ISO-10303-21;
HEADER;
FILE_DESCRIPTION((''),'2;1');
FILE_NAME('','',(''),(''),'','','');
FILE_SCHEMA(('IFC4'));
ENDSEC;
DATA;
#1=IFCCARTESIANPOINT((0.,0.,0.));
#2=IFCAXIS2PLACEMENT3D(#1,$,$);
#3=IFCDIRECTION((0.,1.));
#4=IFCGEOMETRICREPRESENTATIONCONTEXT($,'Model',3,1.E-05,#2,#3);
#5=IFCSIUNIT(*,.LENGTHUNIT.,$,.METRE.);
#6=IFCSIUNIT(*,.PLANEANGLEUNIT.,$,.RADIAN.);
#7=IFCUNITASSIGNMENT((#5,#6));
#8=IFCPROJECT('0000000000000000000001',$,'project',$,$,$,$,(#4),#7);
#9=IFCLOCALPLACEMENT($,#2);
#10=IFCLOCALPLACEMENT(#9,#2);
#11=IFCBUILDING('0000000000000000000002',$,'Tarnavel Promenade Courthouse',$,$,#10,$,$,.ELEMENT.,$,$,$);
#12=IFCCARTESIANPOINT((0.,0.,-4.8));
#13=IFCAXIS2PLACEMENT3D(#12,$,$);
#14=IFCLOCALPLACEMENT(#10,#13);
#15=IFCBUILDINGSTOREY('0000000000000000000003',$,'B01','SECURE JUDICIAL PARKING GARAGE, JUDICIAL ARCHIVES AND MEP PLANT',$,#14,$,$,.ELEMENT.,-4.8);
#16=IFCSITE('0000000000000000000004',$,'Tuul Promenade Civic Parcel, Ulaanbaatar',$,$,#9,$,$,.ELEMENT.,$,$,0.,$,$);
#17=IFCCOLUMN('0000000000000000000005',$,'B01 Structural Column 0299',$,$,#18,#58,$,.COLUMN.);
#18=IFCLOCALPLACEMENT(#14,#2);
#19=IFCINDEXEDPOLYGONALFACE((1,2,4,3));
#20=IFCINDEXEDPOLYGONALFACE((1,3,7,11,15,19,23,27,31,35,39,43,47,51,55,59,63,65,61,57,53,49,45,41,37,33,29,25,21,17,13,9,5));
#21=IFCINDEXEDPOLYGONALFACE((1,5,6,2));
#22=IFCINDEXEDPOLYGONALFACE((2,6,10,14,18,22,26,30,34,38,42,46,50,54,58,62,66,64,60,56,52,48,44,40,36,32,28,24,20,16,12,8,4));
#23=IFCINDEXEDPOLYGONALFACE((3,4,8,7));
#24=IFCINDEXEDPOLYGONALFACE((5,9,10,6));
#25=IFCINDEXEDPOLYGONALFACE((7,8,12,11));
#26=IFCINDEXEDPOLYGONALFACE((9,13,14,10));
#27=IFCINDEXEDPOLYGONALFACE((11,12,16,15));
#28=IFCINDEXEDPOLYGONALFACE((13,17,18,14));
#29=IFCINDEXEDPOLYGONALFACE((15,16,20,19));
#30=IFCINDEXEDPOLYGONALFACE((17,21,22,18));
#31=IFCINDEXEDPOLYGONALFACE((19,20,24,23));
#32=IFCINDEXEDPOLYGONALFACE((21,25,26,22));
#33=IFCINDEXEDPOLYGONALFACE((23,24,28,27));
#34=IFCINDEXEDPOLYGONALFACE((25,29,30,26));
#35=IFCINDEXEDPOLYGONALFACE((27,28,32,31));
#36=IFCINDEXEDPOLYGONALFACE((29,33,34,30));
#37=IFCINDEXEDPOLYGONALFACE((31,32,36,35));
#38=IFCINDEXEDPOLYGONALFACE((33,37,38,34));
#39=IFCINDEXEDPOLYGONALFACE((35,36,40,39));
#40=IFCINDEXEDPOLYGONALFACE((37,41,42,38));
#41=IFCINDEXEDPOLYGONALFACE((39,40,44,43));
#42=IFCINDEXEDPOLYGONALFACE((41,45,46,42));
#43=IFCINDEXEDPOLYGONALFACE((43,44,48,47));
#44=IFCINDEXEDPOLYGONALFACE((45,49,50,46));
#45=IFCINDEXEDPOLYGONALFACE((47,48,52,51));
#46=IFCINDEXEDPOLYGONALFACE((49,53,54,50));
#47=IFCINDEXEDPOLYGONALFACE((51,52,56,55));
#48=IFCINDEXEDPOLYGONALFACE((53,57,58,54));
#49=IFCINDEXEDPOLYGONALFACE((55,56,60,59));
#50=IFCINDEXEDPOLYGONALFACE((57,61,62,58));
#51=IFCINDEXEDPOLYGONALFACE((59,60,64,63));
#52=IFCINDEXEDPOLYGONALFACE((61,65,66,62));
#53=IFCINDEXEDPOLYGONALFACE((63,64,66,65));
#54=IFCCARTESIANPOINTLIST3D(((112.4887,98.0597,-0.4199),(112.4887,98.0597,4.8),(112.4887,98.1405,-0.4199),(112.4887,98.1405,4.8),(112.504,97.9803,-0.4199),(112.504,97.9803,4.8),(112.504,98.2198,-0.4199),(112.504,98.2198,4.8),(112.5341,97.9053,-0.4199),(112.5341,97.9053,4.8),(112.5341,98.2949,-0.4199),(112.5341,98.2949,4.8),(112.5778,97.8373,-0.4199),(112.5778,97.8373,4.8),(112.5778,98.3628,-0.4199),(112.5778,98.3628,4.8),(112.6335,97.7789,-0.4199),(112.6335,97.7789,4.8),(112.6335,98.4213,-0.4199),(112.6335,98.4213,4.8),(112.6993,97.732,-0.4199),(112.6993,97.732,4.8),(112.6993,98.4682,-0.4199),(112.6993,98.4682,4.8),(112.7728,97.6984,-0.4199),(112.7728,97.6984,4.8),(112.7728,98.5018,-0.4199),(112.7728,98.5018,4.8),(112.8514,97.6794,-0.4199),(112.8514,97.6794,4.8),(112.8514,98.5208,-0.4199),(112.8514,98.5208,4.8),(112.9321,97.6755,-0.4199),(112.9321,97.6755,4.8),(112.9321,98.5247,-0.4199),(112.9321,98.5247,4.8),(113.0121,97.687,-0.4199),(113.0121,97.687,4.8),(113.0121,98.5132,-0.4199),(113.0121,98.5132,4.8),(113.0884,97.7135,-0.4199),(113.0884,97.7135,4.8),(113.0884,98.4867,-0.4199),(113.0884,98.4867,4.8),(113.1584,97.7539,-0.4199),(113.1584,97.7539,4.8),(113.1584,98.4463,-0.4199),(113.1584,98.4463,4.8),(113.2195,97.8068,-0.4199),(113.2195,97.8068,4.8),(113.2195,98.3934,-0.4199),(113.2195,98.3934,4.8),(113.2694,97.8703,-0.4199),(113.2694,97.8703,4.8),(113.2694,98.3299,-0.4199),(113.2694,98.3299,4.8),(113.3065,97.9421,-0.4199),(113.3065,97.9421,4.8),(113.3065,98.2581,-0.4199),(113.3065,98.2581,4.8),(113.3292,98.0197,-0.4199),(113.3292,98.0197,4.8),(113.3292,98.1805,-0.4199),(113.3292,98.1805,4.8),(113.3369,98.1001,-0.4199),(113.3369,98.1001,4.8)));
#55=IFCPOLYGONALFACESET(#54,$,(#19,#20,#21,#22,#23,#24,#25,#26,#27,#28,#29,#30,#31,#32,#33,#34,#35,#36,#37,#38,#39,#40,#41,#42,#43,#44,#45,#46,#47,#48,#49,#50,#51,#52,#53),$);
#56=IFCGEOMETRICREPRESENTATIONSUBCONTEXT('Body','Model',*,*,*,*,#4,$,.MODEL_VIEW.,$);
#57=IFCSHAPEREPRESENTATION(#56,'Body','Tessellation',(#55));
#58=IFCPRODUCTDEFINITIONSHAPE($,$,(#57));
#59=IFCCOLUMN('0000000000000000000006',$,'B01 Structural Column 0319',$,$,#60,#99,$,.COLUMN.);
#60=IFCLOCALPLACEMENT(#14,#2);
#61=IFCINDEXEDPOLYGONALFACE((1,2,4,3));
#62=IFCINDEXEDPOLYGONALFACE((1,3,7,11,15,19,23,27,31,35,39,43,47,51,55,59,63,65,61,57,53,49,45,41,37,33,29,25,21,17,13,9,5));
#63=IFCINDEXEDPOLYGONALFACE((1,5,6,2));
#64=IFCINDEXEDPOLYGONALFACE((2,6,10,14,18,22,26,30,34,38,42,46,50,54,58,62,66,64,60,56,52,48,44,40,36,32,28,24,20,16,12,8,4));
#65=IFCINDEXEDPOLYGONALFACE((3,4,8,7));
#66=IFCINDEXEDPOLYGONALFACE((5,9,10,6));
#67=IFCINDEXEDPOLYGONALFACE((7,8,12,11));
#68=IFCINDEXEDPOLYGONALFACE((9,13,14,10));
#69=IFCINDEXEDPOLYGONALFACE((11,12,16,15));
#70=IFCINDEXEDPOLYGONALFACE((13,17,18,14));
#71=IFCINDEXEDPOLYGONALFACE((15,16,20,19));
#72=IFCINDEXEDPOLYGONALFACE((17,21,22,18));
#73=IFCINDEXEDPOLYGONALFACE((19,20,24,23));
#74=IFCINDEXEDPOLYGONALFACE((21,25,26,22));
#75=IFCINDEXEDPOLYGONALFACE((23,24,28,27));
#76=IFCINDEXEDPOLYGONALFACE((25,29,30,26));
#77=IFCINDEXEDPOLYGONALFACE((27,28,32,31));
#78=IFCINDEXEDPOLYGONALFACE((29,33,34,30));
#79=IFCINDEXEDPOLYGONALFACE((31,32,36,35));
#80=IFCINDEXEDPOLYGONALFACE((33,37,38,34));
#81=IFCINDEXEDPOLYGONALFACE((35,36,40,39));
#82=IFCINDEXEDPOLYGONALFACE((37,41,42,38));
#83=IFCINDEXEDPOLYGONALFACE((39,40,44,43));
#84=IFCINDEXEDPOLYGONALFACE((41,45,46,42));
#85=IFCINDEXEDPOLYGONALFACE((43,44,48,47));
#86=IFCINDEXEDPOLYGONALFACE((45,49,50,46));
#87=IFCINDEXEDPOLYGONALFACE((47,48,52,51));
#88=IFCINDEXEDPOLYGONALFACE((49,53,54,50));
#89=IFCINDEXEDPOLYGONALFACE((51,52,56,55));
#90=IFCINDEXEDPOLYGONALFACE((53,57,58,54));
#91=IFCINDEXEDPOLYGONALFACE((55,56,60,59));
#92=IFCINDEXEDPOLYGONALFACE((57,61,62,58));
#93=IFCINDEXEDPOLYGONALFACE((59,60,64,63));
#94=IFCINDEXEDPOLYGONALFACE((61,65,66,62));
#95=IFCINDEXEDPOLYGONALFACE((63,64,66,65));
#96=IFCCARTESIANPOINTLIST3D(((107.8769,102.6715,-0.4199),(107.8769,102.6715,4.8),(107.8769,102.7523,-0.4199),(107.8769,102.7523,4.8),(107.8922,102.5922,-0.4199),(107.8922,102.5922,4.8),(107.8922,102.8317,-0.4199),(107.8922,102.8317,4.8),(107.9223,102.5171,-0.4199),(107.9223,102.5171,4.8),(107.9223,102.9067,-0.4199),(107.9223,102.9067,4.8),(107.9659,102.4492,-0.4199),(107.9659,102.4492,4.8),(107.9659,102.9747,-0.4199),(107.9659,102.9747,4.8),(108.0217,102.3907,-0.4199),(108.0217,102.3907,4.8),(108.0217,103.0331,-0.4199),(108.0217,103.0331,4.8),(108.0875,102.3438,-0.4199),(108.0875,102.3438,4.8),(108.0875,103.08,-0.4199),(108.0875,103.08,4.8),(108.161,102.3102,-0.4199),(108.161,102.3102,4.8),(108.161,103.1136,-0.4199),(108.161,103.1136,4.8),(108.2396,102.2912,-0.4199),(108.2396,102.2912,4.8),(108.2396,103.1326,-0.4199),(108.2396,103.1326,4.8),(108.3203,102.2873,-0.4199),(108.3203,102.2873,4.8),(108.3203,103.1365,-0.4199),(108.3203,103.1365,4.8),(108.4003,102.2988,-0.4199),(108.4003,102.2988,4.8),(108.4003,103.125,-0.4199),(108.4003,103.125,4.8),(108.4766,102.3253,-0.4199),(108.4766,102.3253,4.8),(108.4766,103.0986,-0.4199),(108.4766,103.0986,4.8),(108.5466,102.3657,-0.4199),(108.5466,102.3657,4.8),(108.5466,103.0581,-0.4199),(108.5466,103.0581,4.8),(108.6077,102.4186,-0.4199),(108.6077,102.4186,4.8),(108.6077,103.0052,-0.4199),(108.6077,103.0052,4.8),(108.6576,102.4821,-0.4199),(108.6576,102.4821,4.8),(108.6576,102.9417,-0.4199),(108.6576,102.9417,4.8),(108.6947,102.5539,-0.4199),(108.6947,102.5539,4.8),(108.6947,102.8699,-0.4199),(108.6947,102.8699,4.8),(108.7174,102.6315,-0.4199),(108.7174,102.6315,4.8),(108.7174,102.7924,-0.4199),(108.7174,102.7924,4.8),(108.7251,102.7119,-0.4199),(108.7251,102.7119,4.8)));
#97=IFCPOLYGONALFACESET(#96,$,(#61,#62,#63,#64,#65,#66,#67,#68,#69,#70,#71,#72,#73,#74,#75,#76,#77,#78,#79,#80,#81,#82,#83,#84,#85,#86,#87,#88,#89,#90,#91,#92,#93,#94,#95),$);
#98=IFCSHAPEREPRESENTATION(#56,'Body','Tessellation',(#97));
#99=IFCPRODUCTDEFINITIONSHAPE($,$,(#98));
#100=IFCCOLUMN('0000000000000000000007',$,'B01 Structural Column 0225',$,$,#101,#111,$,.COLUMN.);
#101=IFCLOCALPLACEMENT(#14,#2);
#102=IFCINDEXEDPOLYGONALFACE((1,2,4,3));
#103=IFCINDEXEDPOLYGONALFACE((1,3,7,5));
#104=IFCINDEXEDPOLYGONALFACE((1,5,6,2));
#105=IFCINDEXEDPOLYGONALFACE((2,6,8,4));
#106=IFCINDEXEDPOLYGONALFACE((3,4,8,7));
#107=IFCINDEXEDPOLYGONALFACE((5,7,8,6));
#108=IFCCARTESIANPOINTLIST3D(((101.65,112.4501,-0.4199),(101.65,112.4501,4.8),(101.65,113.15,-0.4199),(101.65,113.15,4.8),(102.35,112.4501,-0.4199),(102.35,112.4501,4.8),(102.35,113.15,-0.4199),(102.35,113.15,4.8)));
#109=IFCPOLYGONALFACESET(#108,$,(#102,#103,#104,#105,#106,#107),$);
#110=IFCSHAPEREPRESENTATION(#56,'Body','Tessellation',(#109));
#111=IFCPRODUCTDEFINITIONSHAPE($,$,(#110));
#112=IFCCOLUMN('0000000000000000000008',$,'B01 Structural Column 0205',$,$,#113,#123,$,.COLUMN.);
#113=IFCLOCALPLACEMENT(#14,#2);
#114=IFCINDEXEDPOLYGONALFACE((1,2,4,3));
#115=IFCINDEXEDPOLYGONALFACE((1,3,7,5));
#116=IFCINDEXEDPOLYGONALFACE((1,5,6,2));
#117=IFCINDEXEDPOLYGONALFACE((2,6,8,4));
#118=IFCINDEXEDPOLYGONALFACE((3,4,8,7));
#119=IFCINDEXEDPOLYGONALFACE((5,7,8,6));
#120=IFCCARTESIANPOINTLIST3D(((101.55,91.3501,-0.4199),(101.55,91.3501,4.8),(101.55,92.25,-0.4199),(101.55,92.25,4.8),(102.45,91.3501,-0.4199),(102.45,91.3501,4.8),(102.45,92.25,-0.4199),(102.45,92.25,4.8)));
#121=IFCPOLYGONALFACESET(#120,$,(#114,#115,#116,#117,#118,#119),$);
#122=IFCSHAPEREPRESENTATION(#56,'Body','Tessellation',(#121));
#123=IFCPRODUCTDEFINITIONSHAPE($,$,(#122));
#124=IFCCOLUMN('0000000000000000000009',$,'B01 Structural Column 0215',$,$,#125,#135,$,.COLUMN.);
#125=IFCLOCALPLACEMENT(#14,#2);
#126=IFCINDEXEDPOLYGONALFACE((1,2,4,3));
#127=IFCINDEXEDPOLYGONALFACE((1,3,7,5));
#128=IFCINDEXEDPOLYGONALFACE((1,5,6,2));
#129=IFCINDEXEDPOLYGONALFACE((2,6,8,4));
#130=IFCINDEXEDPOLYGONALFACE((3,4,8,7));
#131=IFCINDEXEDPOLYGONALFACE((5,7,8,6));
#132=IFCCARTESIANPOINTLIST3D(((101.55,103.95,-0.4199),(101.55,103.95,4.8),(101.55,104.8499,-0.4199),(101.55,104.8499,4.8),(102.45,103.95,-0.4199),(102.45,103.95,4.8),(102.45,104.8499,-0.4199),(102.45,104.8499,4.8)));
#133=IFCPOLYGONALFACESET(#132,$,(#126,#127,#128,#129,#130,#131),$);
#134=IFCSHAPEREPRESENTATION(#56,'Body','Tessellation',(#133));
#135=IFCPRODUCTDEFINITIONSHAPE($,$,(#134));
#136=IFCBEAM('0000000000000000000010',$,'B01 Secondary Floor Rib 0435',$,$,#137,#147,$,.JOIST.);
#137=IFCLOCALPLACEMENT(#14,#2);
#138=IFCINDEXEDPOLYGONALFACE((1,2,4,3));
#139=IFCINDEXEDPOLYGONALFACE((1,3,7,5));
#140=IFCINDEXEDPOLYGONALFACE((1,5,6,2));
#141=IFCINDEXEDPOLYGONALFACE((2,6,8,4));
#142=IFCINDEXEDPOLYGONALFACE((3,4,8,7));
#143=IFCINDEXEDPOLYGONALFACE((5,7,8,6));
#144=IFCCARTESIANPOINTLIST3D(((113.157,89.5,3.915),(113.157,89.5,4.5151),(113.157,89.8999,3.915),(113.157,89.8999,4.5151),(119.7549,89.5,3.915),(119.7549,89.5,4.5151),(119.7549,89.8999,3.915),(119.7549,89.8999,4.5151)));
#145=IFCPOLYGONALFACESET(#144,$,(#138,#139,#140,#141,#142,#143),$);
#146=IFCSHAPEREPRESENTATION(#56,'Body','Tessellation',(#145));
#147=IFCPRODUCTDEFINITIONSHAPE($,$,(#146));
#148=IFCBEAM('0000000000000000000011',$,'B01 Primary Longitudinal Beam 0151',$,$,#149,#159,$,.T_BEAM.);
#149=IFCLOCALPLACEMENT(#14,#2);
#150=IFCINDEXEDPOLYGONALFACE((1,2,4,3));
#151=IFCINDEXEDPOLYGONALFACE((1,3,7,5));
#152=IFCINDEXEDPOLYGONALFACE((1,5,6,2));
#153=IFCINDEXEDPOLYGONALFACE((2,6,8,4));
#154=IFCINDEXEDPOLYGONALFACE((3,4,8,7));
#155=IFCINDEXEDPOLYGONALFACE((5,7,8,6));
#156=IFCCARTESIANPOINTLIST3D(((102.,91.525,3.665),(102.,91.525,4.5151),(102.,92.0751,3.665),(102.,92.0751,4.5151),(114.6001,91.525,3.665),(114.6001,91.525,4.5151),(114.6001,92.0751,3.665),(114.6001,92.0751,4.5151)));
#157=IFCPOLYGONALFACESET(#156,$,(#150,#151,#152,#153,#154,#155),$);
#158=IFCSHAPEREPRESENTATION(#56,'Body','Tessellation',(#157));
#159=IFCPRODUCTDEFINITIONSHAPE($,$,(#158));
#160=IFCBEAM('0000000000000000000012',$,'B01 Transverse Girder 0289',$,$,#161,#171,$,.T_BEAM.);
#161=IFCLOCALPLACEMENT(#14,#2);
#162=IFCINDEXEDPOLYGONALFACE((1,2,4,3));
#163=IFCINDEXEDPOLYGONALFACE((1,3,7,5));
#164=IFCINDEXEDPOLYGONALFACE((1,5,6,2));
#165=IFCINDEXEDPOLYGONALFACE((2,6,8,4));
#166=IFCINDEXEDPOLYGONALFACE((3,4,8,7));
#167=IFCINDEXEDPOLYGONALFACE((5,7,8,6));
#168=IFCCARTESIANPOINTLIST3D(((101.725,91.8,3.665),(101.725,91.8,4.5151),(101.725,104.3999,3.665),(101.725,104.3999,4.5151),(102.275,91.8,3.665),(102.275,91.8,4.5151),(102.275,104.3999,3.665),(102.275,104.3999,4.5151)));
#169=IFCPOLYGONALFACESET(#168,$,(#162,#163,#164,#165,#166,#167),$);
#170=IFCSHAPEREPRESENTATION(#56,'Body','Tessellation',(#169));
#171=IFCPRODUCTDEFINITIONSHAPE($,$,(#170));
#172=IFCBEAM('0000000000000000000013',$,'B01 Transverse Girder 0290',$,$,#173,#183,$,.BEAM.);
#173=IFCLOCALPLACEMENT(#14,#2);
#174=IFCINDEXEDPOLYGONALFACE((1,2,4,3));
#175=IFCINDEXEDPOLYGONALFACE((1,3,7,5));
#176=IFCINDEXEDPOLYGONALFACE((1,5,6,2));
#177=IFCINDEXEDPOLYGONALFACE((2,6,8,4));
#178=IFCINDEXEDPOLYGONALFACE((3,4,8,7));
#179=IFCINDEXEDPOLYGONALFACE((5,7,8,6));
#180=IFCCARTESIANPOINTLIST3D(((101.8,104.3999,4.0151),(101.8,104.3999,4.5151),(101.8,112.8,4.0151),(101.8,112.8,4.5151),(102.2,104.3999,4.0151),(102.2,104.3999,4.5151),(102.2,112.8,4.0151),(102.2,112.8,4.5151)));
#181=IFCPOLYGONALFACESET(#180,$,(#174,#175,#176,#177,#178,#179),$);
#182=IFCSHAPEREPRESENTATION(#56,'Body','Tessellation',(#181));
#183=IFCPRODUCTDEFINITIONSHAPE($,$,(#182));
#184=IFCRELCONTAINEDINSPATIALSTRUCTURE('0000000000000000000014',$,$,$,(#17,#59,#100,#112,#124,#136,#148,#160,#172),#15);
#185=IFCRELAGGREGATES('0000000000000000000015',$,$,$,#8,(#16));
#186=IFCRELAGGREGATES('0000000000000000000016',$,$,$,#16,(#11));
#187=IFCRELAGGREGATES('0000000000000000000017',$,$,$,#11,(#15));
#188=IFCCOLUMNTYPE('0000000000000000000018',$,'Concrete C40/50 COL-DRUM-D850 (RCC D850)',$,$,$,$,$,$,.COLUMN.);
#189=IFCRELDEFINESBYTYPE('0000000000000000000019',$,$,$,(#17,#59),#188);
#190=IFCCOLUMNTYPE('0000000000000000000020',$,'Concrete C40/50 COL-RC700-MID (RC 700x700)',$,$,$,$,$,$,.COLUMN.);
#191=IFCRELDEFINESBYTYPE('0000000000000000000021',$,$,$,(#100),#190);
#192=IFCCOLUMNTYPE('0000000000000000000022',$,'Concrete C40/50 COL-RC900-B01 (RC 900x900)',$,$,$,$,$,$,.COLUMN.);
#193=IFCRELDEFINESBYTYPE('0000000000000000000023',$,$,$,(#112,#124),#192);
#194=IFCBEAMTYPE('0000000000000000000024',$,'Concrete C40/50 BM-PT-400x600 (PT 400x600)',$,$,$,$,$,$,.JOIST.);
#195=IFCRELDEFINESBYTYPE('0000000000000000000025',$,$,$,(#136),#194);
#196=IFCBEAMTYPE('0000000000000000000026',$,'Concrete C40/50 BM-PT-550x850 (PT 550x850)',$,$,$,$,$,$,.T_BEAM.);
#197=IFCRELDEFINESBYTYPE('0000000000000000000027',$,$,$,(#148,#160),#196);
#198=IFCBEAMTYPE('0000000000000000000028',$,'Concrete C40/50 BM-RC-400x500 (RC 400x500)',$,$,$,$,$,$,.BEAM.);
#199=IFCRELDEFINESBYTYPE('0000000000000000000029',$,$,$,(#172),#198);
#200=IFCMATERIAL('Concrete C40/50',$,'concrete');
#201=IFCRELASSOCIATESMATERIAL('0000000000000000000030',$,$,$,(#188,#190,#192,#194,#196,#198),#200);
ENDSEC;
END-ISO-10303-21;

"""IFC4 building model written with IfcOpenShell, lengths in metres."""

from ifc_helpers import new_model, si_unit, direction, frame, origin, origin_2d, place, context, subcontext, project, spatial, rectangle, circle, extrude, material, material_profile, profile_set, type_object, element, save


model = new_model("IFC4")

# Units and contexts
model_context = context("Model", 3, precision=1e-05, world=origin(), true_north=direction((0.0, 1.0)))
body_context = subcontext(model_context, "Body", "Model", "MODEL_VIEW")
ifc_project = project(units=[si_unit("LENGTHUNIT", "METRE"), si_unit("PLANEANGLEUNIT", "RADIAN")], contexts=[model_context])

# Site, building, storey
site_placement = place(None, origin())
site = spatial("IfcSite", under=ifc_project, at=site_placement, Name="Tuul Promenade Civic Parcel, Ulaanbaatar", CompositionType="ELEMENT", RefElevation=0.0)
building_placement = place(site_placement, origin())
building = spatial("IfcBuilding", under=site, at=building_placement, Name="Tarnavel Promenade Courthouse", CompositionType="ELEMENT")
storey_placement = place(building_placement, frame((0.0, 0.0, -4.8)))
storey = spatial("IfcBuildingStorey", under=building, at=storey_placement, Name="B01", Description="SECURE JUDICIAL PARKING GARAGE, JUDICIAL ARCHIVES AND MEP PLANT", CompositionType="ELEMENT", Elevation=-4.8)

# Columns
ifc_material_1 = material(Name="Concrete C40/50", Category="concrete")
ifc_material_profile_1 = material_profile(ifc_material_1, circle(Radius=0.425, at=origin_2d()), Name="RCC D850")
ifc_profile_set_1 = profile_set([ifc_material_profile_1], Name="Concrete C40/50")
column_type_1 = type_object("IfcColumnType", Name="Concrete C40/50 COL-DRUM-D850 (RCC D850)", PredefinedType="COLUMN", material=ifc_profile_set_1)
for number, where, z_axis, x_axis, name in (
    (1, (112.9119, 98.1001, -0.4199), (0.0, 0.0, 1.0), (1.0, 0.0, 0.0), "B01 Structural Column 0299"),
    (2, (108.3, 102.7119, -0.4199), (0.0, 0.0, 1.0), (1.0, 0.0, 0.0), "B01 Structural Column 0319"),
):
    element("IfcColumn", number, at=place(storey_placement, frame(where, z_axis=z_axis, x_axis=x_axis)), inside=storey, type_object=column_type_1, Name=name, PredefinedType="COLUMN", context=body_context, shape_type="SweptSolid", body=[
        extrude(circle(Radius=0.425, at=origin_2d()), origin(), (0.0, 0.0, 1.0), 5.22),
    ])
ifc_material_profile_2 = material_profile(ifc_material_1, rectangle(XDim=0.7, YDim=0.7, at=origin_2d()), Name="RC 700x700")
ifc_profile_set_2 = profile_set([ifc_material_profile_2], Name="Concrete C40/50")
column_type_2 = type_object("IfcColumnType", Name="Concrete C40/50 COL-RC700-MID (RC 700x700)", PredefinedType="COLUMN", material=ifc_profile_set_2)
column_placement = place(storey_placement, frame((102.0, 112.8, -0.4199), z_axis=(0.0, 0.0, 1.0), x_axis=(1.0, 0.0, 0.0)))
element("IfcColumn", 3, at=column_placement, inside=storey, type_object=column_type_2, Name="B01 Structural Column 0225", PredefinedType="COLUMN", context=body_context, shape_type="SweptSolid", body=[
    extrude(rectangle(XDim=0.7, YDim=0.7, at=origin_2d()), origin(), (0.0, 0.0, 1.0), 5.22),
])
ifc_material_profile_3 = material_profile(ifc_material_1, rectangle(XDim=0.8999, YDim=0.8999, at=origin_2d()), Name="RC 900x900")
ifc_profile_set_3 = profile_set([ifc_material_profile_3], Name="Concrete C40/50")
column_type_3 = type_object("IfcColumnType", Name="Concrete C40/50 COL-RC900-B01 (RC 900x900)", PredefinedType="COLUMN", material=ifc_profile_set_3)
for number, where, z_axis, x_axis, name in (
    (4, (102.0, 91.8, -0.4199), (0.0, 0.0, 1.0), (1.0, 0.0, 0.0), "B01 Structural Column 0205"),
    (5, (102.0, 104.3999, -0.4199), (0.0, 0.0, 1.0), (1.0, 0.0, 0.0), "B01 Structural Column 0215"),
):
    element("IfcColumn", number, at=place(storey_placement, frame(where, z_axis=z_axis, x_axis=x_axis)), inside=storey, type_object=column_type_3, Name=name, PredefinedType="COLUMN", context=body_context, shape_type="SweptSolid", body=[
        extrude(rectangle(XDim=0.8999, YDim=0.8999, at=origin_2d()), origin(), (0.0, 0.0, 1.0), 5.22),
    ])

# Beams
ifc_material_profile_4 = material_profile(ifc_material_1, rectangle(XDim=0.3999, YDim=0.6001, at=origin_2d()), Name="PT 400x600")
ifc_profile_set_4 = profile_set([ifc_material_profile_4], Name="Concrete C40/50")
beam_type_1 = type_object("IfcBeamType", Name="Concrete C40/50 BM-PT-400x600 (PT 400x600)", PredefinedType="JOIST", material=ifc_profile_set_4)
beam_1_placement = place(storey_placement, frame((113.157, 89.7, 4.2151), z_axis=(1.0, 0.0, 0.0), x_axis=(0.0, 1.0, 0.0)))
element("IfcBeam", 6, at=beam_1_placement, inside=storey, type_object=beam_type_1, Name="B01 Secondary Floor Rib 0435", PredefinedType="JOIST", context=body_context, shape_type="SweptSolid", body=[
    extrude(rectangle(XDim=0.3999, YDim=0.6001, at=origin_2d()), origin(), (0.0, 0.0, 1.0), 6.5979),
])
ifc_material_profile_5 = material_profile(ifc_material_1, rectangle(XDim=0.55, YDim=0.8501, at=origin_2d()), Name="PT 550x850")
ifc_profile_set_5 = profile_set([ifc_material_profile_5], Name="Concrete C40/50")
beam_type_2 = type_object("IfcBeamType", Name="Concrete C40/50 BM-PT-550x850 (PT 550x850)", PredefinedType="T_BEAM", material=ifc_profile_set_5)
beam_2_placement = place(storey_placement, frame((102.0, 91.8, 4.0901), z_axis=(1.0, 0.0, 0.0), x_axis=(0.0, 1.0, 0.0)))
element("IfcBeam", 7, at=beam_2_placement, inside=storey, type_object=beam_type_2, Name="B01 Primary Longitudinal Beam 0151", PredefinedType="T_BEAM", context=body_context, shape_type="SweptSolid", body=[
    extrude(rectangle(XDim=0.55, YDim=0.8501, at=origin_2d()), origin(), (0.0, 0.0, 1.0), 12.6001),
])
beam_3_placement = place(storey_placement, frame((102.0, 91.8, 4.0901), z_axis=(0.0, 1.0, 0.0), x_axis=(-1.0, 0.0, 0.0)))
element("IfcBeam", 8, at=beam_3_placement, inside=storey, type_object=beam_type_2, Name="B01 Transverse Girder 0289", PredefinedType="T_BEAM", context=body_context, shape_type="SweptSolid", body=[
    extrude(rectangle(XDim=0.55, YDim=0.8501, at=origin_2d()), origin(), (0.0, 0.0, 1.0), 12.5999),
])
ifc_material_profile_6 = material_profile(ifc_material_1, rectangle(XDim=0.3999, YDim=0.5, at=origin_2d()), Name="RC 400x500")
ifc_profile_set_6 = profile_set([ifc_material_profile_6], Name="Concrete C40/50")
beam_type_3 = type_object("IfcBeamType", Name="Concrete C40/50 BM-RC-400x500 (RC 400x500)", PredefinedType="BEAM", material=ifc_profile_set_6)
beam_4_placement = place(storey_placement, frame((102.0, 104.3999, 4.2651), z_axis=(0.0, 1.0, 0.0), x_axis=(-1.0, 0.0, 0.0)))
element("IfcBeam", 9, at=beam_4_placement, inside=storey, type_object=beam_type_3, Name="B01 Transverse Girder 0290", PredefinedType="BEAM", context=body_context, shape_type="SweptSolid", body=[
    extrude(rectangle(XDim=0.3999, YDim=0.5, at=origin_2d()), origin(), (0.0, 0.0, 1.0), 8.4001),
])

save(model, "model.ifc")
